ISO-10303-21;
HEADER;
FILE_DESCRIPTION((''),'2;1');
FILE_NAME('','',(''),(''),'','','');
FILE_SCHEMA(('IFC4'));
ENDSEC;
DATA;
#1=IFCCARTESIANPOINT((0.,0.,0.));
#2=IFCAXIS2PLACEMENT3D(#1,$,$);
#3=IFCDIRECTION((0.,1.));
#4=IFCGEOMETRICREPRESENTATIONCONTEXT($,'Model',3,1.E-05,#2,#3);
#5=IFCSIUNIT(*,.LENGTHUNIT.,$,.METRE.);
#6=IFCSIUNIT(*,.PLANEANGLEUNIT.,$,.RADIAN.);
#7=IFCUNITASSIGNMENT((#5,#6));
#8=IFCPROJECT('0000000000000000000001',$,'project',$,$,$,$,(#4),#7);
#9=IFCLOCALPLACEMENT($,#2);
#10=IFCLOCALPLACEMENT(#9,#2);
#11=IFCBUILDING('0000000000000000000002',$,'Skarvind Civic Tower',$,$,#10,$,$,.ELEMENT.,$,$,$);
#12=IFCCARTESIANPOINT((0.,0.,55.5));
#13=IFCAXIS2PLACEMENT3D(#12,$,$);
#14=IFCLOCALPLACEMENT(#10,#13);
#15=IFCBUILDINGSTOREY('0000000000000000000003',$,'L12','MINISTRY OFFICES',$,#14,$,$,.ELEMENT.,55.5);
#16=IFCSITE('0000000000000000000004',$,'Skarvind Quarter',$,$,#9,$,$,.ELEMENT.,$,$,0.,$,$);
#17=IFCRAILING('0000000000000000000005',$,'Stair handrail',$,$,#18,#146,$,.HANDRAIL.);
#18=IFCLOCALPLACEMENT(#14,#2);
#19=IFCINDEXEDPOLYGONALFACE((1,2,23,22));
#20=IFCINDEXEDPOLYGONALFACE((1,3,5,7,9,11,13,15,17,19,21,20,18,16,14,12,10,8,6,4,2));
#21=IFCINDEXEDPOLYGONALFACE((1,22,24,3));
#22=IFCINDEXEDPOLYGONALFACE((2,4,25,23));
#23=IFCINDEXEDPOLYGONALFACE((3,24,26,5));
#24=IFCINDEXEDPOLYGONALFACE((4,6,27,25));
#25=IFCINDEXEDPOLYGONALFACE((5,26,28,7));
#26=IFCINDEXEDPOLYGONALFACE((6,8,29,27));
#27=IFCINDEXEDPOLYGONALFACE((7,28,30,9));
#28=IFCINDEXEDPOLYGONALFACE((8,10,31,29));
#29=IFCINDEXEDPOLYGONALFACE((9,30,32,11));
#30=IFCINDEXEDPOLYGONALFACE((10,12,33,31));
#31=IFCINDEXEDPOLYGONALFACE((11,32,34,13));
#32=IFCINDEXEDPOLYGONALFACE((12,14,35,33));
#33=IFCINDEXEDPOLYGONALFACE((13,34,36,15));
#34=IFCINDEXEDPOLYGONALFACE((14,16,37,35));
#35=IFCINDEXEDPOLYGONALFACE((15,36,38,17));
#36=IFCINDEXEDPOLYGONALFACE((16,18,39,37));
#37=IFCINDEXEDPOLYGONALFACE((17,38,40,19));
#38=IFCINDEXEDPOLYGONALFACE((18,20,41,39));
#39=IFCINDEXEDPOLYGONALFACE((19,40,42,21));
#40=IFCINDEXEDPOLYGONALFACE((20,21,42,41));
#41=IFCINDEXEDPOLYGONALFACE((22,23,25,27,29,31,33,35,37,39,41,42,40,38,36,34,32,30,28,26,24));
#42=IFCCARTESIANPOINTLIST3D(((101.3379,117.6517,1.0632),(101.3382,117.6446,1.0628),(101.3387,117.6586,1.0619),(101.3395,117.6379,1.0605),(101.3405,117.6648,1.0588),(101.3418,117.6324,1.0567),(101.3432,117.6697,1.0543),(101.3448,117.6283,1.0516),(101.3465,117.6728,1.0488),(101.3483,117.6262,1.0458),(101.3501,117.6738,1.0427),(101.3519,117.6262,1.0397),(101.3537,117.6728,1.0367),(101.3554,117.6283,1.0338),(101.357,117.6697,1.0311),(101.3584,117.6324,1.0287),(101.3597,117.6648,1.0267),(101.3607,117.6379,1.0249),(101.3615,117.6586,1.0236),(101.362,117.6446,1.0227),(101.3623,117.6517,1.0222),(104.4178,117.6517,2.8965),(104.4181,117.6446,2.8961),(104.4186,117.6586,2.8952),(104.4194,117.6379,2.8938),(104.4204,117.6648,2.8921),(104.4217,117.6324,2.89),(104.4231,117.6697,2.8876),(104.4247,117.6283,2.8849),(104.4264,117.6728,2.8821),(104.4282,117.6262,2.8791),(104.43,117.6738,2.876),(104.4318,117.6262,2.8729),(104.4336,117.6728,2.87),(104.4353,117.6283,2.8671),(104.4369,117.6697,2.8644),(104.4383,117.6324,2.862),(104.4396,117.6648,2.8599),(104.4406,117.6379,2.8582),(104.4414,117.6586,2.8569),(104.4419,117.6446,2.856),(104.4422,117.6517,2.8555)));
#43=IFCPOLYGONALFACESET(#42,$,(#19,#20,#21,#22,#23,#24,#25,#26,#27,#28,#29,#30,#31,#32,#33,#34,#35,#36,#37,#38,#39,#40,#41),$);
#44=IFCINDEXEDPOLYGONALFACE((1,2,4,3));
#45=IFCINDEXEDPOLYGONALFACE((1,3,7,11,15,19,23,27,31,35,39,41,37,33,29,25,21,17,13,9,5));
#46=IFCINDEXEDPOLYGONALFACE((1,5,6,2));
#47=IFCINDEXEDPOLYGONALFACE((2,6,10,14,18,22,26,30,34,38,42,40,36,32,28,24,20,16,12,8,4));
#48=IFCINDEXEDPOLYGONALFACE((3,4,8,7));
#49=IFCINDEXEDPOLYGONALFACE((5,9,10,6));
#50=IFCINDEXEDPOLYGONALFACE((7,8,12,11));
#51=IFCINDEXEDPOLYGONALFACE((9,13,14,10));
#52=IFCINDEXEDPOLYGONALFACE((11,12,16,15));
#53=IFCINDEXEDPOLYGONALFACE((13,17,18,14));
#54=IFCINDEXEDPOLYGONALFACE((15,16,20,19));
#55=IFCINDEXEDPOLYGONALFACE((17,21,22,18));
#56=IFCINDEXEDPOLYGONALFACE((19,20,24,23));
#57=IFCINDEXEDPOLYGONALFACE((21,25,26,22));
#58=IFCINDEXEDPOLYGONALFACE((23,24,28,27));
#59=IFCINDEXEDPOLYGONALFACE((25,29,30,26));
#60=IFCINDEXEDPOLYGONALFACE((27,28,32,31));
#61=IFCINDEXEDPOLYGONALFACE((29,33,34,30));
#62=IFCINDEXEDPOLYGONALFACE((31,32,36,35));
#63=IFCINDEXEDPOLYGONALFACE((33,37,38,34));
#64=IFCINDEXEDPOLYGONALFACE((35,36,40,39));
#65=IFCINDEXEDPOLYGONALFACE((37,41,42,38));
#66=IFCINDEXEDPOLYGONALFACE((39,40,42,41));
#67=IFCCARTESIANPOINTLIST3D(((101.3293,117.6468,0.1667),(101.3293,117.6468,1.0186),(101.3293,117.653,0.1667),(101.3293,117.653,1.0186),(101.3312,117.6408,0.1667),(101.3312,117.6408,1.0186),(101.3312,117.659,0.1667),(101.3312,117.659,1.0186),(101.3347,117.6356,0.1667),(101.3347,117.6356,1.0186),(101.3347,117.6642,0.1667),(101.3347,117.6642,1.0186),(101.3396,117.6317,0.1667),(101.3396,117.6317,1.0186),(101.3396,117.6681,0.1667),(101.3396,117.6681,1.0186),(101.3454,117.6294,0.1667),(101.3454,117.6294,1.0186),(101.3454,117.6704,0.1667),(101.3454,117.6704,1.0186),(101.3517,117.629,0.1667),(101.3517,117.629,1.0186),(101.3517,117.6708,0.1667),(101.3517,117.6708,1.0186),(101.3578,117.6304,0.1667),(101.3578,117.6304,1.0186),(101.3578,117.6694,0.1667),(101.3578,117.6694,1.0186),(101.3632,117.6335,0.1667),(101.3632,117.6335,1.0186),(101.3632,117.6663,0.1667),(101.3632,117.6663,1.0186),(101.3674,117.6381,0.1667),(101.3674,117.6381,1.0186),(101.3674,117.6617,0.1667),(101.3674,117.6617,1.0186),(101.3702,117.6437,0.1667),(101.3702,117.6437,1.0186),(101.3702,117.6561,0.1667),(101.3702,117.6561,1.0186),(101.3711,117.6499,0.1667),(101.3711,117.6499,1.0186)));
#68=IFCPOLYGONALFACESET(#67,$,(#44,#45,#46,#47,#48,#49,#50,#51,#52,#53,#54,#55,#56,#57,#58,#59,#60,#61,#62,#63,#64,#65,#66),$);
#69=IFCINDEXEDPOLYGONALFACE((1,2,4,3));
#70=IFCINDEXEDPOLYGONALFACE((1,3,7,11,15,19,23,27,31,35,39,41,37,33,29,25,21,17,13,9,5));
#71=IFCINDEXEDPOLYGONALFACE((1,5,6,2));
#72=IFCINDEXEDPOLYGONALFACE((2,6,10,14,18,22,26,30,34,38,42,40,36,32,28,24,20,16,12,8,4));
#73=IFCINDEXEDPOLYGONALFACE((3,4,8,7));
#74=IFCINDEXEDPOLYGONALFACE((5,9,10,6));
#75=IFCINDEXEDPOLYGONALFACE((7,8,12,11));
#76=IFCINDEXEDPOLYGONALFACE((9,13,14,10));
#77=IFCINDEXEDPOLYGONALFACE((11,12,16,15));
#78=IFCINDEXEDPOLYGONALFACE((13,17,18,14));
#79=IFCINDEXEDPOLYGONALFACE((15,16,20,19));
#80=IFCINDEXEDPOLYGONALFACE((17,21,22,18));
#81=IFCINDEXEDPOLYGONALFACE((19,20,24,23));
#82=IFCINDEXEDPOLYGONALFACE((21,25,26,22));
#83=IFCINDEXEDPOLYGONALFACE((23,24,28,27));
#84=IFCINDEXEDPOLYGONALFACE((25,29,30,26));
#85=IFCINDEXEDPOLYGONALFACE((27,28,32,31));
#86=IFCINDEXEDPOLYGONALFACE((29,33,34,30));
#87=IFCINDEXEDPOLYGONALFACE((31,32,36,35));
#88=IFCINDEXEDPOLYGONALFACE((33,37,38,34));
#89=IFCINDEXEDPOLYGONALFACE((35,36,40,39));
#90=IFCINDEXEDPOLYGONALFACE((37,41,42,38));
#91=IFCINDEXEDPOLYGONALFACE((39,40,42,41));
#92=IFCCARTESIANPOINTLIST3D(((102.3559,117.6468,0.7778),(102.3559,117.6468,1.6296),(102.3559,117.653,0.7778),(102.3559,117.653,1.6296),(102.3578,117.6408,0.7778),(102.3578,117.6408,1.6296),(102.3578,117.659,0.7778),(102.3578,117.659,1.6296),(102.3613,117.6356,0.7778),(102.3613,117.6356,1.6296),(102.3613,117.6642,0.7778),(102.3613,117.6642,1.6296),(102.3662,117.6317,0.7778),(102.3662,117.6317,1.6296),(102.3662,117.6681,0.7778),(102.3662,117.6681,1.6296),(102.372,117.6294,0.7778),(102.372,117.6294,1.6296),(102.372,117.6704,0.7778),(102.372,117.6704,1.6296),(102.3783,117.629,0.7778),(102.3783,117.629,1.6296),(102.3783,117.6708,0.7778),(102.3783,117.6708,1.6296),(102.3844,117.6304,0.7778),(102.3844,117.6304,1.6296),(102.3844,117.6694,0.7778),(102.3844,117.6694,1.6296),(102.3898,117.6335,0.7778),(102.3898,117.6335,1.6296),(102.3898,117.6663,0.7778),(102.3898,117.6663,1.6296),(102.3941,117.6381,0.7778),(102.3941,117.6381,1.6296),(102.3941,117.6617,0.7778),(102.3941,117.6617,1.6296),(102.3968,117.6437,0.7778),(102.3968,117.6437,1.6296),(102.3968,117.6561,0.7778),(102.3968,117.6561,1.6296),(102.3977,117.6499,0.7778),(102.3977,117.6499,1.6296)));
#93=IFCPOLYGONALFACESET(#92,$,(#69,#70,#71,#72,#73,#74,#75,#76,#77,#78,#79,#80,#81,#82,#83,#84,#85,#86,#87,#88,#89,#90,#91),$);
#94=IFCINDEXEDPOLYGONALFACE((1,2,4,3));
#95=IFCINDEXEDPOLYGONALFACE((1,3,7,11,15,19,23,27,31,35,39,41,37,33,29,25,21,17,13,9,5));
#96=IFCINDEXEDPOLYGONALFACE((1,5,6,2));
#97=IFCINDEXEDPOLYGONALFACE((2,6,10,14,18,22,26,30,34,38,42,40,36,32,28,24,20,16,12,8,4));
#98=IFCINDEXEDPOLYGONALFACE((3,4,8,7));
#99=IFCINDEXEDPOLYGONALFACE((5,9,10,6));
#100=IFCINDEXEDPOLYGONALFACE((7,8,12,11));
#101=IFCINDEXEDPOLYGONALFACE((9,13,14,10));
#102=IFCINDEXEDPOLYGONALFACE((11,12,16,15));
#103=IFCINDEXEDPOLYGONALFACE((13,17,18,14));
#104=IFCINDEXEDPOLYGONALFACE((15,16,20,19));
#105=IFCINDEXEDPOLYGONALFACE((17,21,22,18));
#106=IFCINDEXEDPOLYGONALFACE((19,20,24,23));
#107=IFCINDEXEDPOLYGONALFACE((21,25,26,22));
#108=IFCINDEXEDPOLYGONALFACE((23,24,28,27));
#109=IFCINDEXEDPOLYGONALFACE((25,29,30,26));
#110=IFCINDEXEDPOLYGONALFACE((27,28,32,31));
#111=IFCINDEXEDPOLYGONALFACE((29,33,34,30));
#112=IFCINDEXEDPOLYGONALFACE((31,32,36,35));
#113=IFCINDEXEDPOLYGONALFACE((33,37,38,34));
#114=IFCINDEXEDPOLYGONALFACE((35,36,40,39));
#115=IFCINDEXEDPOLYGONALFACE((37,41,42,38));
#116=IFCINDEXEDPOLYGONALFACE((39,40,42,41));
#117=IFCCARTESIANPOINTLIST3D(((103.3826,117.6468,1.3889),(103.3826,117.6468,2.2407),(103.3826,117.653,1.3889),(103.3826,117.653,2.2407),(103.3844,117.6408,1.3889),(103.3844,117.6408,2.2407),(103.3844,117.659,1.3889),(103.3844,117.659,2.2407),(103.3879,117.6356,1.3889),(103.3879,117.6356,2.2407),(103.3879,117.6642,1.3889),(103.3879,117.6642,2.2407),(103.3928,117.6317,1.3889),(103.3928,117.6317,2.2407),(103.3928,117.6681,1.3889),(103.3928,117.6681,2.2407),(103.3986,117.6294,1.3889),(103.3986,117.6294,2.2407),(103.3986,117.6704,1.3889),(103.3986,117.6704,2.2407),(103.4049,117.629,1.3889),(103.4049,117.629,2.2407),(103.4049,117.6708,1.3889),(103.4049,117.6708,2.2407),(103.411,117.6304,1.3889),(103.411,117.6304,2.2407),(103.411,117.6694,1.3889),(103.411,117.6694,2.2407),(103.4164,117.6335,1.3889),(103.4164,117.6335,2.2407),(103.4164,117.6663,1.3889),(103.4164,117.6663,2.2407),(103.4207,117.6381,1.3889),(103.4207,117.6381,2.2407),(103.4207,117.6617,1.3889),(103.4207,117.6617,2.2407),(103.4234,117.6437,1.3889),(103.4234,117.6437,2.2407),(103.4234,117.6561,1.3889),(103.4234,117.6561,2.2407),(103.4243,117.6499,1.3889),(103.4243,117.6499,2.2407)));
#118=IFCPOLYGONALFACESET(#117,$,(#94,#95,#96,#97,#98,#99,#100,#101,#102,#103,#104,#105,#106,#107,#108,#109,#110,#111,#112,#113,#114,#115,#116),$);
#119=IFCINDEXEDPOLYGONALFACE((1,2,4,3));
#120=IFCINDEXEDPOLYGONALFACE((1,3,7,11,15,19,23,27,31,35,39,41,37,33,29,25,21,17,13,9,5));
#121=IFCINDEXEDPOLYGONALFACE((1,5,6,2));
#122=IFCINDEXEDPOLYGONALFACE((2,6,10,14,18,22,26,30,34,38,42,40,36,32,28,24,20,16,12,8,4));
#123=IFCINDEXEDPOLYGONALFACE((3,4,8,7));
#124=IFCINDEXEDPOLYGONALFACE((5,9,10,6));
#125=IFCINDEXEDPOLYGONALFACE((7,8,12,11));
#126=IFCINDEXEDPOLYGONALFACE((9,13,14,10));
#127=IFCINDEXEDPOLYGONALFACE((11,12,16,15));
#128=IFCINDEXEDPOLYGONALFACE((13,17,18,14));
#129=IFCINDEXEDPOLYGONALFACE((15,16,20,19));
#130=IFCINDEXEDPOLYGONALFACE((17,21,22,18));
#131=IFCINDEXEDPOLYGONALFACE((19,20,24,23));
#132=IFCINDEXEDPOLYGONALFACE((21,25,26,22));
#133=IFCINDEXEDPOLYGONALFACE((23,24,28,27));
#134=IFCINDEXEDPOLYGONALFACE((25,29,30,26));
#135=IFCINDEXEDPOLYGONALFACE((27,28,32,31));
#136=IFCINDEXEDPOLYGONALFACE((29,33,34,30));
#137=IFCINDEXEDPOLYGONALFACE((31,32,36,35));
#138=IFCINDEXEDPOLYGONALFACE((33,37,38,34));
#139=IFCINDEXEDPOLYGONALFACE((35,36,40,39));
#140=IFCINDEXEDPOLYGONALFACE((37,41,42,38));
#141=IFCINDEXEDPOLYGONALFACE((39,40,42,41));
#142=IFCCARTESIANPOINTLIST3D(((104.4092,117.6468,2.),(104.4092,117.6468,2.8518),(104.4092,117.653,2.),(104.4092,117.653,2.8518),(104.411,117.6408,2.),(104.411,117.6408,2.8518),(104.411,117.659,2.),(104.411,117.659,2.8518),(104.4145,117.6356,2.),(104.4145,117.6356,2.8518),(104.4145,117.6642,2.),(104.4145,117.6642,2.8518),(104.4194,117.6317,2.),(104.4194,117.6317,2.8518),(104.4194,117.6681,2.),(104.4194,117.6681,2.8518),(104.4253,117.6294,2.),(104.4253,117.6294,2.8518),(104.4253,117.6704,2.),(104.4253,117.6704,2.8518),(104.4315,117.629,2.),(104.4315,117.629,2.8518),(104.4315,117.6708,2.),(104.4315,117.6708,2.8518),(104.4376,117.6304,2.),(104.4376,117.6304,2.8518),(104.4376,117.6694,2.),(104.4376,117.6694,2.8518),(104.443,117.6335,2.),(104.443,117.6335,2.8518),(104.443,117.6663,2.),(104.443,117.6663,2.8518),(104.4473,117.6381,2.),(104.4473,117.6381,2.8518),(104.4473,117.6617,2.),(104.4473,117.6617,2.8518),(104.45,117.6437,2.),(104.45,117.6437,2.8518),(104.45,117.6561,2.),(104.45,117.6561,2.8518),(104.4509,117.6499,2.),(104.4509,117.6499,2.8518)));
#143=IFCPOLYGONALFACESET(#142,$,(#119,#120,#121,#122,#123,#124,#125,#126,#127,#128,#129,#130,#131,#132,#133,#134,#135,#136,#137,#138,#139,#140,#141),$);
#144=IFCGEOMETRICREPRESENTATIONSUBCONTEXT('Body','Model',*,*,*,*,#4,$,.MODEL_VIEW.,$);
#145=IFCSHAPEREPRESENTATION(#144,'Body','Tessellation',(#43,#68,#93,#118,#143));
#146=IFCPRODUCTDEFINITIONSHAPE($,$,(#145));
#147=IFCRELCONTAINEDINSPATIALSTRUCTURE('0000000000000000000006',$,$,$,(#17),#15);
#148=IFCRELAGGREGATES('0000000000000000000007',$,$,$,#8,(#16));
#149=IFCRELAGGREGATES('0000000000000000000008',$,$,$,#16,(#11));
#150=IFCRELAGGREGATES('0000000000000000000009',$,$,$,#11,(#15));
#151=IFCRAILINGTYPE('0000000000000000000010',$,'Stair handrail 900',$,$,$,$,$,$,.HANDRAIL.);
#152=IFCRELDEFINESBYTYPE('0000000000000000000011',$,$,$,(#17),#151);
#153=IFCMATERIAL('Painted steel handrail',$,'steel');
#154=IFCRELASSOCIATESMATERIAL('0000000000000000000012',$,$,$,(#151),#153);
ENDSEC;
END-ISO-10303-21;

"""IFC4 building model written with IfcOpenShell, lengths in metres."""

from ifc_helpers import new_model, si_unit, direction, frame, origin, origin_2d, place, context, subcontext, project, spatial, circle, extrude, material, type_object, element, save


model = new_model("IFC4")

# Units and contexts
model_context = context("Model", 3, precision=1e-05, world=origin(), true_north=direction((0.0, 1.0)))
body_context = subcontext(model_context, "Body", "Model", "MODEL_VIEW")
ifc_project = project(units=[si_unit("LENGTHUNIT", "METRE"), si_unit("PLANEANGLEUNIT", "RADIAN")], contexts=[model_context])

# Site, building, storey
site_placement = place(None, origin())
site = spatial("IfcSite", under=ifc_project, at=site_placement, Name="Skarvind Quarter", CompositionType="ELEMENT", RefElevation=0.0)
building_placement = place(site_placement, origin())
building = spatial("IfcBuilding", under=site, at=building_placement, Name="Skarvind Civic Tower", CompositionType="ELEMENT")
storey_placement = place(building_placement, frame((0.0, 0.0, 55.5)))
storey = spatial("IfcBuildingStorey", under=building, at=storey_placement, Name="L12", Description="MINISTRY OFFICES", CompositionType="ELEMENT", Elevation=55.5)

# Railing
ifc_material_1 = material(Name="Painted steel handrail", Category="steel")
railing_type = type_object("IfcRailingType", Name="Stair handrail 900", PredefinedType="HANDRAIL", material=ifc_material_1)
railing_placement = place(storey_placement, frame((101.3501, 117.6499, 0.1667)))
element("IfcRailing", 1, at=railing_placement, inside=storey, type_object=railing_type, Name="Stair handrail", PredefinedType="HANDRAIL", context=body_context, shape_type="SweptSolid", body=[
    extrude(circle(Radius=0.0239, at=origin_2d()), frame((0.0, 0.0, 0.876), z_axis=(0.859291, 0.0, 0.511487), x_axis=(0.0, 1.0, 0.0)), (0.0, 0.0, 1.0), 3.5842),
    extrude(circle(Radius=0.021, at=origin_2d()), origin(), (0.0, 0.0, 1.0), 0.8518),
    extrude(circle(Radius=0.021, at=origin_2d()), frame((1.0266, 0.0, 0.6111)), (0.0, 0.0, 1.0), 0.8518),
    extrude(circle(Radius=0.021, at=origin_2d()), frame((2.0532, 0.0, 1.2222)), (0.0, 0.0, 1.0), 0.8518),
    extrude(circle(Radius=0.021, at=origin_2d()), frame((3.0798, 0.0, 1.8333)), (0.0, 0.0, 1.0), 0.8518),
])

save(model, "model.ifc")
